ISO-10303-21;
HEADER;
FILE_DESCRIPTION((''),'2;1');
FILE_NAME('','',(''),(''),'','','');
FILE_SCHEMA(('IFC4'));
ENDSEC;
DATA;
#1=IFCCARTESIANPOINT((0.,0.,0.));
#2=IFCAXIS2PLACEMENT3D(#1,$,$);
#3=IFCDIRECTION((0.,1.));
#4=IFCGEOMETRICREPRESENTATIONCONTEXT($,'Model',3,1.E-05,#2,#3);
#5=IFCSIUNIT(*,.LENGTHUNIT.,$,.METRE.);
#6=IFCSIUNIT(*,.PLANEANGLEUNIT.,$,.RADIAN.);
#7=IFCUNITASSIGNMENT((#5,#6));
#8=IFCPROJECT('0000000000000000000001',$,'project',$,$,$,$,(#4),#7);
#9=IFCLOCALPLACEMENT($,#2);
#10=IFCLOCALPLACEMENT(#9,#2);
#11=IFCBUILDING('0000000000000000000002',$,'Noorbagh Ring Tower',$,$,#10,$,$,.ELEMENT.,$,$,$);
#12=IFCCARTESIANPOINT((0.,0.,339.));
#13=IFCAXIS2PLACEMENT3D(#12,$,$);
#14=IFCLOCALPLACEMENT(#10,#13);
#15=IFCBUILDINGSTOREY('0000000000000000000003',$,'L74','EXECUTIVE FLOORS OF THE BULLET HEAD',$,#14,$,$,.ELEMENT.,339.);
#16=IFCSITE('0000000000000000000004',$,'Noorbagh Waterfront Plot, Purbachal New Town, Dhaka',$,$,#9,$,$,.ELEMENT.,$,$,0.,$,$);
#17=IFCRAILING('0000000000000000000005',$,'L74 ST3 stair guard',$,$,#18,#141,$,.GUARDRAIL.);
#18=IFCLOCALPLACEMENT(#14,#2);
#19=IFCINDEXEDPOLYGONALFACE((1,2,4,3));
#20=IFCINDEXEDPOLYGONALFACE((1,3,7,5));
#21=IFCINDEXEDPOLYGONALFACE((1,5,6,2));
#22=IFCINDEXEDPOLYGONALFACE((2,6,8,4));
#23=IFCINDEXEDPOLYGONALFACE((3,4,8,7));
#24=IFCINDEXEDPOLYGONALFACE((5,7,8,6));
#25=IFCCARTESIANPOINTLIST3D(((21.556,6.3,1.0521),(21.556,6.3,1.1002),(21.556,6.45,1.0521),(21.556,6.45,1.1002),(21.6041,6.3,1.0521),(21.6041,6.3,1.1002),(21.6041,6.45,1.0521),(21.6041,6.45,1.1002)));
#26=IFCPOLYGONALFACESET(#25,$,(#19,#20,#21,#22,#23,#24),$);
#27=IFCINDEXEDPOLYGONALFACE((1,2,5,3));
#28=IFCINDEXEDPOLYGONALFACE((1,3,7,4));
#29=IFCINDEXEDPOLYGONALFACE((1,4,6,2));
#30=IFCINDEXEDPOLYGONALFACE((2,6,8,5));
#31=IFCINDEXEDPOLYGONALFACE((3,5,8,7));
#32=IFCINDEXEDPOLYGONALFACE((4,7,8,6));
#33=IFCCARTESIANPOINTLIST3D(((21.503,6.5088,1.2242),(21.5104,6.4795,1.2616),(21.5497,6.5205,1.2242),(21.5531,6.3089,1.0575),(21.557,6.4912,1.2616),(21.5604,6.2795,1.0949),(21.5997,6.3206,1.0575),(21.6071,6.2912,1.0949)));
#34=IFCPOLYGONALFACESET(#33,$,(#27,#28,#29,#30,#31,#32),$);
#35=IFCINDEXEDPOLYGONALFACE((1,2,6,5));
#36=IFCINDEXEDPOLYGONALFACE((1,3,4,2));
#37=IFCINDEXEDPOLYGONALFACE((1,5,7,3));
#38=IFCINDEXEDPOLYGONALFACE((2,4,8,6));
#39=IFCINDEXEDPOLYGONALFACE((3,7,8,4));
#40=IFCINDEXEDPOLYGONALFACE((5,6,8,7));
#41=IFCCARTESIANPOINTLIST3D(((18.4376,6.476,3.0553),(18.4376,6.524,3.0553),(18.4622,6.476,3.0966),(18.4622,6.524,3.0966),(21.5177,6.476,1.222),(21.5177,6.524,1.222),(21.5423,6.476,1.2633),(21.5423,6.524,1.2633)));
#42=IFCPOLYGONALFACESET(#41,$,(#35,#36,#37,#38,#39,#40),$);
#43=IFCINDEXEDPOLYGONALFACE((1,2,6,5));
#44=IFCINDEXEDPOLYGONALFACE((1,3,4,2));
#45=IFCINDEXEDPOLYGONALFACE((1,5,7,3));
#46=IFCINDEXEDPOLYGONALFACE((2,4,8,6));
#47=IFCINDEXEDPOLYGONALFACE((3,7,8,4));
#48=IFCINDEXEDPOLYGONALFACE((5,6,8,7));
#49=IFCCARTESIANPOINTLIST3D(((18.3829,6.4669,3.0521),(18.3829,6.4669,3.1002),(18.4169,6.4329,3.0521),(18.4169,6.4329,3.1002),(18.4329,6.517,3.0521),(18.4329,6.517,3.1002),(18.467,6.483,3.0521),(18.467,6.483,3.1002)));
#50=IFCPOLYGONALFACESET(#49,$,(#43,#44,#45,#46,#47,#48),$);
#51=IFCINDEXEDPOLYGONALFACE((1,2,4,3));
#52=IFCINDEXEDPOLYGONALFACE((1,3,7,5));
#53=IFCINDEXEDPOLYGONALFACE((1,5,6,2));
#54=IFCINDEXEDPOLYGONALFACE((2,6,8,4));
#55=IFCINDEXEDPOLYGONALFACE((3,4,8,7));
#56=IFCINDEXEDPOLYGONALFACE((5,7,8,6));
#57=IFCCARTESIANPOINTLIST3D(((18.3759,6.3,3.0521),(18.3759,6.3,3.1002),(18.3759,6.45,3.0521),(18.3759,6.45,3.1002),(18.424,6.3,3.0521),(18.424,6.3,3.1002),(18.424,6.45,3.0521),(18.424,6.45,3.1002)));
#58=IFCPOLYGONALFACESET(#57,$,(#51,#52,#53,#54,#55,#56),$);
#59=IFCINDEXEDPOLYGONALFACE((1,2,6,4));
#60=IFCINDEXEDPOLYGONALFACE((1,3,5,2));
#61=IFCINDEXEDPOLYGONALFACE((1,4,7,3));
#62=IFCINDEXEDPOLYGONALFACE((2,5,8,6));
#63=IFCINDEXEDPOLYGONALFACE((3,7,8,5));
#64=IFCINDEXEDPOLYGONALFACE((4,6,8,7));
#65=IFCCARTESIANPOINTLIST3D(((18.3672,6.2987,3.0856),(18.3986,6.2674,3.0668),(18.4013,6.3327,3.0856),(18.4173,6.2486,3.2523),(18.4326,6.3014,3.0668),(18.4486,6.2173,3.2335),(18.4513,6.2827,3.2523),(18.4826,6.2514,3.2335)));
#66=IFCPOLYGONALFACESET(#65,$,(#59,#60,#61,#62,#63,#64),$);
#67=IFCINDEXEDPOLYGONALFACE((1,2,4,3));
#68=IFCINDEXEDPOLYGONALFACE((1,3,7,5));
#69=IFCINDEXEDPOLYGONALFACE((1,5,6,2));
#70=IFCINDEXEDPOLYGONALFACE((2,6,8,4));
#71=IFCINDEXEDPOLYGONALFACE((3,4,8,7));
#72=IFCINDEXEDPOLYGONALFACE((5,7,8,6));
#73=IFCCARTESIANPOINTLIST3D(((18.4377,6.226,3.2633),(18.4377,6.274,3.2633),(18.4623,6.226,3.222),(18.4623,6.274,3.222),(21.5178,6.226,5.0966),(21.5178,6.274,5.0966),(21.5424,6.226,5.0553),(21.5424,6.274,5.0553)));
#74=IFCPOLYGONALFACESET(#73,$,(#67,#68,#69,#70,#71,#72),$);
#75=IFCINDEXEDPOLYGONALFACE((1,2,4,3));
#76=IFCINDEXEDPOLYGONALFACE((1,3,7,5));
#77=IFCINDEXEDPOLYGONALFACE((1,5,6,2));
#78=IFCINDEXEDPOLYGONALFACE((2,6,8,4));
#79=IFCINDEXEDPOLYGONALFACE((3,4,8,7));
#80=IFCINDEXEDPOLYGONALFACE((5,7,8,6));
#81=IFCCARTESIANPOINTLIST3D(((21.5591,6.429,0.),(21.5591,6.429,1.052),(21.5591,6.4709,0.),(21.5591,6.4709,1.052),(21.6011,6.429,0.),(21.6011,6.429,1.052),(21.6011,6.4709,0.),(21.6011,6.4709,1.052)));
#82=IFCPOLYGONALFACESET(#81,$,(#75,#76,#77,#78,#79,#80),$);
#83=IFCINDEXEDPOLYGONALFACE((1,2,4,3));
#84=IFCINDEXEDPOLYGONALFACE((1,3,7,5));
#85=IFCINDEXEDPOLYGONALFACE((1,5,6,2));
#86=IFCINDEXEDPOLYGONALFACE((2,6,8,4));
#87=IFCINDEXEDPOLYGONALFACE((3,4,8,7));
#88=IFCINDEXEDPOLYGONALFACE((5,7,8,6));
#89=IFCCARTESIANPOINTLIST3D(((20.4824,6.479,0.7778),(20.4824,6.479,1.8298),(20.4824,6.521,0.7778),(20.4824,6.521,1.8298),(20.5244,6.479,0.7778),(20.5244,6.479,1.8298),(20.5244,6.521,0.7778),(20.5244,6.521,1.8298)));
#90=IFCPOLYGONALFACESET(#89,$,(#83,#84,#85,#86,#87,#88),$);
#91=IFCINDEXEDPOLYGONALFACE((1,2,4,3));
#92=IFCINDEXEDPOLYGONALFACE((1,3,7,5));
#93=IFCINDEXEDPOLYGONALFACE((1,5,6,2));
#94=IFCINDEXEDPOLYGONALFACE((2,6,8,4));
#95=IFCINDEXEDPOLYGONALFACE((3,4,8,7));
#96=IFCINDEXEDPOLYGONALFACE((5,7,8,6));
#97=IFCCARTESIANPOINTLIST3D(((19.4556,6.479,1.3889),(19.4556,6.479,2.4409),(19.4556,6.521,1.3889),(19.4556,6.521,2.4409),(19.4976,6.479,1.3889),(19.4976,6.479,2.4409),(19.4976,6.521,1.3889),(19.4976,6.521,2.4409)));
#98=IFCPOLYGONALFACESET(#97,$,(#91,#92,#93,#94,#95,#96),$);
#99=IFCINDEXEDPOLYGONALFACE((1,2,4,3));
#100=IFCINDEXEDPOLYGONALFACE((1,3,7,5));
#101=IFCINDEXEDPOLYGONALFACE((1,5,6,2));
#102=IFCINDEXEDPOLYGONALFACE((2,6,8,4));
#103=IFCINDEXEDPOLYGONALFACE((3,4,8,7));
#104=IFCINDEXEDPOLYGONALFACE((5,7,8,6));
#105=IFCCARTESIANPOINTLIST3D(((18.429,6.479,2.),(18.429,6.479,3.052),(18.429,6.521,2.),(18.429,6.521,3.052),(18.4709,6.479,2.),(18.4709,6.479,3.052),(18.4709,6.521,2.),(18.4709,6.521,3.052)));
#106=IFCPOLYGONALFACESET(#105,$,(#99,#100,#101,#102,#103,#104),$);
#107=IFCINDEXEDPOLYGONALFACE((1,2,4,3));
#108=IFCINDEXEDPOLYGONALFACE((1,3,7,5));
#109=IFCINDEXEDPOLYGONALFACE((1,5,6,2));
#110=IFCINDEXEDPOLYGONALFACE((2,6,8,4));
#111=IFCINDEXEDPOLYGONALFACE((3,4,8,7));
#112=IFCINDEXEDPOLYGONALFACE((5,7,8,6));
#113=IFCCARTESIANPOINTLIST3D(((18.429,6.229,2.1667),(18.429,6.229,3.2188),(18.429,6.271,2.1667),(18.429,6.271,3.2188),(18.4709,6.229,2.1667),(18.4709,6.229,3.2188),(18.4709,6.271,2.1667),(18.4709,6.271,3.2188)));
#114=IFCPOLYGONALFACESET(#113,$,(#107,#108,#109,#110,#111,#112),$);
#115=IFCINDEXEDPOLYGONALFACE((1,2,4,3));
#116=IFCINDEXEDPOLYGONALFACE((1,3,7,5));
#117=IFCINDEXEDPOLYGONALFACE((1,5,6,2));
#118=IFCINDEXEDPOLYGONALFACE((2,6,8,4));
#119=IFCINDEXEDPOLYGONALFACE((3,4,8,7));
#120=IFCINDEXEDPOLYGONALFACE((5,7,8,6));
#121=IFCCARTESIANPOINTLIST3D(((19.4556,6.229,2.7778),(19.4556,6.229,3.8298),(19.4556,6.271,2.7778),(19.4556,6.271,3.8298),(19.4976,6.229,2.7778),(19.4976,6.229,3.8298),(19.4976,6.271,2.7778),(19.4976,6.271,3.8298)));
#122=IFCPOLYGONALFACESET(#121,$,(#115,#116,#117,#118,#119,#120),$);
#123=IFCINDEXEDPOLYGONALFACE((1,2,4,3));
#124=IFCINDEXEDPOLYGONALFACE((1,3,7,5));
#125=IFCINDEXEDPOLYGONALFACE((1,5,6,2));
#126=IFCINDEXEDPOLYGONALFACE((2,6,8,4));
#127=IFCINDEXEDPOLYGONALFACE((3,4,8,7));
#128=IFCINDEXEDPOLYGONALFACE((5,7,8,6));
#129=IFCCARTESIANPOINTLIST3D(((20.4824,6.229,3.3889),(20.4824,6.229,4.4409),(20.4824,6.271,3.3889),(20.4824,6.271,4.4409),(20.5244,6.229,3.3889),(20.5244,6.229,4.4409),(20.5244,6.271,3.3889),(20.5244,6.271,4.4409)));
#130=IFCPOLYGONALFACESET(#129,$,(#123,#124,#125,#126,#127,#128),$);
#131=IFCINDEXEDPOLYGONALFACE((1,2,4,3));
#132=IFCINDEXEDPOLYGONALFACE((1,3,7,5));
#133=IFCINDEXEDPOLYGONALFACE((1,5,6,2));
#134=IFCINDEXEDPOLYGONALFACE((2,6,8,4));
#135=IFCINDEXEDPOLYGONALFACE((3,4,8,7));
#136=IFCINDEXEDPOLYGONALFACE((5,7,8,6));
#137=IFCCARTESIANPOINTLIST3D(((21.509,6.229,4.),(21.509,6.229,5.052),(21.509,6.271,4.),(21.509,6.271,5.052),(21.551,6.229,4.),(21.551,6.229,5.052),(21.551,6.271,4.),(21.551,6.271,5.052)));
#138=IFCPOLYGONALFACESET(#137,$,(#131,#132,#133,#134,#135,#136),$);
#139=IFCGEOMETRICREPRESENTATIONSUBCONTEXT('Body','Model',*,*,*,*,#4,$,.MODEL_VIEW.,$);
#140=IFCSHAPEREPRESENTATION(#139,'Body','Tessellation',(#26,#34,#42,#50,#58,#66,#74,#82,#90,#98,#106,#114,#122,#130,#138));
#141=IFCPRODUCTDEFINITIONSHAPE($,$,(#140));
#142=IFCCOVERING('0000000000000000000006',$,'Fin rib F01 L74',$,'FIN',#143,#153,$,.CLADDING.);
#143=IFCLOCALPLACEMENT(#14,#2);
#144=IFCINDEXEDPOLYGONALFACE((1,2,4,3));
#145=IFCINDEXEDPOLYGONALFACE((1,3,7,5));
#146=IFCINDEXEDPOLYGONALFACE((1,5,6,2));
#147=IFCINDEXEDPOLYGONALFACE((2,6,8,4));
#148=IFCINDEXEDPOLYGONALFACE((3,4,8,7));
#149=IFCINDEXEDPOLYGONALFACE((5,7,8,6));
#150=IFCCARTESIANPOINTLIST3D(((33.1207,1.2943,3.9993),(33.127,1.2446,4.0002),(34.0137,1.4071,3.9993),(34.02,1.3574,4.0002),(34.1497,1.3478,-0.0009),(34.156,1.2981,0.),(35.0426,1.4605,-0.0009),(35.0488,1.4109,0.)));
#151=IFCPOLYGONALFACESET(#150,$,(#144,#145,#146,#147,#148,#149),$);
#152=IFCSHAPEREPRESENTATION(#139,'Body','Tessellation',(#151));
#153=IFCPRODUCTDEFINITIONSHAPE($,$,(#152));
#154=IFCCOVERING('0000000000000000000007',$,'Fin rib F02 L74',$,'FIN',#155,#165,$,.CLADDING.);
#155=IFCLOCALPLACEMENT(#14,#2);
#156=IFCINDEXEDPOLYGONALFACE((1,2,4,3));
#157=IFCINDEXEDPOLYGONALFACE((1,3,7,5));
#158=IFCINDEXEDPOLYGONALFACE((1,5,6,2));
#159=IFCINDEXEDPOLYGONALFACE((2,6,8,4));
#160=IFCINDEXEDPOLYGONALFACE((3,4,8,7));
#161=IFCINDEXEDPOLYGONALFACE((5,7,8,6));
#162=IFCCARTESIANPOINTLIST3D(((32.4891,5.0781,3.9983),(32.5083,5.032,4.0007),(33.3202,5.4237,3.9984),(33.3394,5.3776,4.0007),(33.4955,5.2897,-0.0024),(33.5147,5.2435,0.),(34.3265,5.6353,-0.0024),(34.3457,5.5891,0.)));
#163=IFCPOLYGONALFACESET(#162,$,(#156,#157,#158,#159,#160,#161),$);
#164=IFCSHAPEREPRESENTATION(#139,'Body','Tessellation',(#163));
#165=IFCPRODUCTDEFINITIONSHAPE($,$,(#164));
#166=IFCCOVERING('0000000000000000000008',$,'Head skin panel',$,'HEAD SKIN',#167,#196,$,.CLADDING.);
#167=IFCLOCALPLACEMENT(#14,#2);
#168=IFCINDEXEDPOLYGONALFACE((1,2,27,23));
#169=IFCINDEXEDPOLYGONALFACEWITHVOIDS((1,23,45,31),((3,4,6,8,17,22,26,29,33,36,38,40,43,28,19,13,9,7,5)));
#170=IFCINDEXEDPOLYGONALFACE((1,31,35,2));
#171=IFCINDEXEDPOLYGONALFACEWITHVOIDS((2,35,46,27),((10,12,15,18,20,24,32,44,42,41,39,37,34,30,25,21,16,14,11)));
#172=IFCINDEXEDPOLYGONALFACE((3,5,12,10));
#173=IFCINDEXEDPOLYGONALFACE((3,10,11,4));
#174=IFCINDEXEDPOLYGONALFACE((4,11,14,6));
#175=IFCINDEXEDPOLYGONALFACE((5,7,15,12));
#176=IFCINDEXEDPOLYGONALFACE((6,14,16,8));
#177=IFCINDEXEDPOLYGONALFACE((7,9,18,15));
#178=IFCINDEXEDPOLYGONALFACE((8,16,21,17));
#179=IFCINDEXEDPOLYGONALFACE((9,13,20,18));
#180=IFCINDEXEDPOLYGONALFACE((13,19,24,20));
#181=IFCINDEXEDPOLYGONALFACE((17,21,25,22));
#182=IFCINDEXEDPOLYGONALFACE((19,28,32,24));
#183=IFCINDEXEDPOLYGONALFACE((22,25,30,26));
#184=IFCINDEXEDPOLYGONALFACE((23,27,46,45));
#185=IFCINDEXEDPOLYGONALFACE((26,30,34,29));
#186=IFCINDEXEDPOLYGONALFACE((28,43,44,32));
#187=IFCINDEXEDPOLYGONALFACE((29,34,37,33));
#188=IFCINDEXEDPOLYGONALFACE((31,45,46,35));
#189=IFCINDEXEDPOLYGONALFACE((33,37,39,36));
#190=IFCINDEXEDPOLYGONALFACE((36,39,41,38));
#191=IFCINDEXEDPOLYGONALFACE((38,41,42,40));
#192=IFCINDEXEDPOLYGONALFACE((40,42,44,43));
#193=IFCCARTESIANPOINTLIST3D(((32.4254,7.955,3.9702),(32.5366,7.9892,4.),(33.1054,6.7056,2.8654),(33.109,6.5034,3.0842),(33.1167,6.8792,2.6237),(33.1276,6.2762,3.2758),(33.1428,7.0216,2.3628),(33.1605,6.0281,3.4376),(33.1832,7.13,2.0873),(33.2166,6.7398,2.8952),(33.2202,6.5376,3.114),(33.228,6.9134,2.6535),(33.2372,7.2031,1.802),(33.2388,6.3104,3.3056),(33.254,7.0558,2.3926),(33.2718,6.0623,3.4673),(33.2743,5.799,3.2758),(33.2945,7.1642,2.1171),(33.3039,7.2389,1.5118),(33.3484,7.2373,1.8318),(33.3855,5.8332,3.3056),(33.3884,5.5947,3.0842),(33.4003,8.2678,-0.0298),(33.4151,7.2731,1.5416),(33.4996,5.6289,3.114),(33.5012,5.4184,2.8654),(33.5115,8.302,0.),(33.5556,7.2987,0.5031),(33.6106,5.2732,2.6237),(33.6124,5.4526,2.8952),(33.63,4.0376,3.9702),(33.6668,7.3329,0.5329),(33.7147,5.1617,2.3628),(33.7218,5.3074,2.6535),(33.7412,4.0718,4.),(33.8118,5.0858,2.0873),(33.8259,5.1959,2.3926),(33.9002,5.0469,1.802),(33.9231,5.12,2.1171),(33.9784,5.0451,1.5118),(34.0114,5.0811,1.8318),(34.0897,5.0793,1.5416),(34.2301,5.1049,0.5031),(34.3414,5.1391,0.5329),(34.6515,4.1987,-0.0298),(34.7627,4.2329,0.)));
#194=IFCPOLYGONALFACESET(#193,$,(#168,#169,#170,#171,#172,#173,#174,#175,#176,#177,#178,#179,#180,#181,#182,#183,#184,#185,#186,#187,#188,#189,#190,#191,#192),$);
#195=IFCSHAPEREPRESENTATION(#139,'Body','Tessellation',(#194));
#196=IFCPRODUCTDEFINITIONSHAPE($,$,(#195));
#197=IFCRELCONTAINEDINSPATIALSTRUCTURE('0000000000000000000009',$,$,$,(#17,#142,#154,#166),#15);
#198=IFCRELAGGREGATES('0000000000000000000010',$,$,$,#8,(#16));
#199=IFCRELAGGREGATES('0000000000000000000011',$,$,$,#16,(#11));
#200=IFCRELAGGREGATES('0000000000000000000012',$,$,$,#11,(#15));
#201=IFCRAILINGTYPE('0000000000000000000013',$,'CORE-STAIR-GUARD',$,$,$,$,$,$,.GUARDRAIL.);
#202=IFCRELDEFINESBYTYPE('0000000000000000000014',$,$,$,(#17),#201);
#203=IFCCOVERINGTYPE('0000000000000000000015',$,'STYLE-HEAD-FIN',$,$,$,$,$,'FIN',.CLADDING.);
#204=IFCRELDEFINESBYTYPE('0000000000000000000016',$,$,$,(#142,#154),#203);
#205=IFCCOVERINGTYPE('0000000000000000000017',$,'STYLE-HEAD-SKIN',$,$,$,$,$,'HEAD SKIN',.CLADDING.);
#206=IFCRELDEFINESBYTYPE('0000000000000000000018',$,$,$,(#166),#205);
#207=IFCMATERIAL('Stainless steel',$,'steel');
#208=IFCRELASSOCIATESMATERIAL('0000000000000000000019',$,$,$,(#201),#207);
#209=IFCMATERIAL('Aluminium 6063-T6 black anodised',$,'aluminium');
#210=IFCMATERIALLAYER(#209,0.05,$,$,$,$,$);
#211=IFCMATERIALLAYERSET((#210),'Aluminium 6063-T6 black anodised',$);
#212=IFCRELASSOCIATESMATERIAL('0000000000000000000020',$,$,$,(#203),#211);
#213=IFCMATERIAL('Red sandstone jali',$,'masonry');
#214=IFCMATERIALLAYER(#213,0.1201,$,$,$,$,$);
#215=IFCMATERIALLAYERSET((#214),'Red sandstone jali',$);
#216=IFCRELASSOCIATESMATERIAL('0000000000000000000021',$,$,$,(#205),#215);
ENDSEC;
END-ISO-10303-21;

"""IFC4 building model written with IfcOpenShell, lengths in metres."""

from ifc_helpers import new_model, si_unit, direction, frame, origin, origin_2d, place, context, subcontext, project, spatial, polyline, rectangle, outline, extrude, material, layer, layer_set, type_object, element, save


model = new_model("IFC4")

# Units and contexts
model_context = context("Model", 3, precision=1e-05, world=origin(), true_north=direction((0.0, 1.0)))
body_context = subcontext(model_context, "Body", "Model", "MODEL_VIEW")
ifc_project = project(units=[si_unit("LENGTHUNIT", "METRE"), si_unit("PLANEANGLEUNIT", "RADIAN")], contexts=[model_context])

# Site, building, storey
site_placement = place(None, origin())
site = spatial("IfcSite", under=ifc_project, at=site_placement, Name="Noorbagh Waterfront Plot, Purbachal New Town, Dhaka", CompositionType="ELEMENT", RefElevation=0.0)
building_placement = place(site_placement, origin())
building = spatial("IfcBuilding", under=site, at=building_placement, Name="Noorbagh Ring Tower", CompositionType="ELEMENT")
storey_placement = place(building_placement, frame((0.0, 0.0, 339.0)))
storey = spatial("IfcBuildingStorey", under=building, at=storey_placement, Name="L74", Description="EXECUTIVE FLOORS OF THE BULLET HEAD", CompositionType="ELEMENT", Elevation=339.0)

# Railing
ifc_material_1 = material(Name="Stainless steel", Category="steel")
railing_type = type_object("IfcRailingType", Name="CORE-STAIR-GUARD", PredefinedType="GUARDRAIL", material=ifc_material_1)
railing_placement = place(storey_placement, frame((21.5801, 6.45, 0.0)))
element("IfcRailing", 1, at=railing_placement, inside=storey, type_object=railing_type, Name="L74 ST3 stair guard", PredefinedType="GUARDRAIL", context=body_context, shape_type="SweptSolid", body=[
    extrude(rectangle(XDim=0.0481, YDim=0.0481, at=origin_2d()), frame((0.0, 0.0, 1.0762), z_axis=(0.0, -1.0, 0.0), x_axis=(1.0, 0.0, 0.0)), (0.0, 0.0, 1.0), 0.1499),
    extrude(rectangle(XDim=0.0481, YDim=0.0481, at=origin_2d()), frame((0.0, -0.1499, 1.0762), z_axis=(-0.188776, 0.754182, 0.628946), x_axis=(-0.970073, -0.242814, 0.0)), (0.0, 0.0, 1.0), 0.2651),
    extrude(rectangle(XDim=0.0481, YDim=0.0481, at=origin_2d()), frame((-0.05, 0.05, 1.2427), z_axis=(-0.859309, 0.0, 0.511458), x_axis=(0.0, -1.0, 0.0)), (0.0, 0.0, 1.0), 3.5845),
    extrude(rectangle(XDim=0.0481, YDim=0.0481, at=origin_2d()), frame((-3.1301, 0.05, 3.0762), z_axis=(-0.707107, -0.707107, 0.0), x_axis=(0.707107, -0.707107, 0.0)), (0.0, 0.0, 1.0), 0.0708),
    extrude(rectangle(XDim=0.0481, YDim=0.0481, at=origin_2d()), frame((-3.1802, 0.0, 3.0762), z_axis=(0.0, -1.0, 0.0), x_axis=(1.0, 0.0, 0.0)), (0.0, 0.0, 1.0), 0.1499),
    extrude(rectangle(XDim=0.0481, YDim=0.0481, at=origin_2d()), frame((-3.1802, -0.1499, 3.0762), z_axis=(0.276287, -0.276287, 0.920506), x_axis=(0.707107, 0.707107, 0.0)), (0.0, 0.0, 1.0), 0.1812),
    extrude(rectangle(XDim=0.0481, YDim=0.0481, at=origin_2d()), frame((-3.1301, -0.2, 3.2427), z_axis=(0.859309, 0.0, 0.511458), x_axis=(0.0, 1.0, 0.0)), (0.0, 0.0, 1.0), 3.5845),
    extrude(rectangle(XDim=0.042, YDim=0.042, at=origin_2d()), origin(), (0.0, 0.0, 1.0), 1.052),
    extrude(rectangle(XDim=0.042, YDim=0.042, at=origin_2d()), frame((-1.0767, 0.05, 0.7778)), (0.0, 0.0, 1.0), 1.052),
    extrude(rectangle(XDim=0.042, YDim=0.042, at=origin_2d()), frame((-2.1035, 0.05, 1.3889)), (0.0, 0.0, 1.0), 1.052),
    extrude(rectangle(XDim=0.042, YDim=0.042, at=origin_2d()), frame((-3.1301, 0.05, 2.0)), (0.0, 0.0, 1.0), 1.052),
    extrude(rectangle(XDim=0.042, YDim=0.042, at=origin_2d()), frame((-3.1301, -0.2, 2.1667)), (0.0, 0.0, 1.0), 1.052),
    extrude(rectangle(XDim=0.042, YDim=0.042, at=origin_2d()), frame((-2.1035, -0.2, 2.7778)), (0.0, 0.0, 1.0), 1.052),
    extrude(rectangle(XDim=0.042, YDim=0.042, at=origin_2d()), frame((-1.0767, -0.2, 3.3889)), (0.0, 0.0, 1.0), 1.052),
    extrude(rectangle(XDim=0.042, YDim=0.042, at=origin_2d()), frame((-0.05, -0.2, 4.0)), (0.0, 0.0, 1.0), 1.052),
])

# Coverings
ifc_material_2 = material(Name="Aluminium 6063-T6 black anodised", Category="aluminium")
ifc_layer_1 = layer(ifc_material_2, 0.05)
ifc_layer_set_1 = layer_set([ifc_layer_1], Name="Aluminium 6063-T6 black anodised")
covering_type_1 = type_object("IfcCoveringType", Name="STYLE-HEAD-FIN", ElementType="FIN", PredefinedType="CLADDING", material=ifc_layer_set_1)
covering_1_placement = place(storey_placement, frame((35.0488, 1.4109, 0.0), z_axis=(0.125297, -0.991938, 0.01897), x_axis=(-0.24906, -0.01294, 0.968402)))
element("IfcCovering", 2, at=covering_1_placement, inside=storey, type_object=covering_type_1, Name="Fin rib F01 L74", ObjectType="FIN", PredefinedType="CLADDING", context=body_context, shape_type="SweptSolid", body=[
    extrude(outline(polyline([(0.0, 0.0), (4.1308, 0.0), (4.3547, 0.8719), (0.2238, 0.8716), (0.0, 0.0)])), origin(), (0.0, 0.0, -1.0), 0.05),
])
covering_2_placement = place(storey_placement, frame((34.3457, 5.5891, 0.0), z_axis=(0.383523, -0.922298, 0.047703), x_axis=(-0.243612, -0.051208, 0.96852)))
element("IfcCovering", 3, at=covering_2_placement, inside=storey, type_object=covering_type_1, Name="Fin rib F02 L74", ObjectType="FIN", PredefinedType="CLADDING", context=body_context, shape_type="SweptSolid", body=[
    extrude(outline(polyline([(0.0, 0.0), (4.1308, 0.0), (4.3509, 0.8728), (0.2201, 0.8727), (0.0, 0.0)])), origin(), (0.0, 0.0, -1.0), 0.05),
])
ifc_material_3 = material(Name="Red sandstone jali", Category="masonry")
ifc_layer_2 = layer(ifc_material_3, 0.1201)
ifc_layer_set_2 = layer_set([ifc_layer_2], Name="Red sandstone jali")
covering_type_2 = type_object("IfcCoveringType", Name="STYLE-HEAD-SKIN", ElementType="HEAD SKIN", PredefinedType="CLADDING", material=ifc_layer_set_2)
covering_3_placement = place(storey_placement, frame((34.7627, 4.2329, 0.0), z_axis=(0.925987, 0.284734, 0.247939), x_axis=(-0.293911, 0.955833, 0.0)))
element("IfcCovering", 4, at=covering_3_placement, inside=storey, type_object=covering_type_2, Name="Head skin panel", ObjectType="HEAD SKIN", PredefinedType="CLADDING", context=body_context, shape_type="SweptSolid", body=[
    extrude(outline(polyline([(0.0, 0.0), (4.2571, 0.0), (4.2446, 4.1289), (0.1462, 4.1289), (0.0, 0.0)]), holes=[polyline([(0.99, 0.55), (1.0068, 1.5913), (1.0315, 1.8909), (1.0947, 2.1853), (1.1958, 2.4697), (1.333, 2.739), (1.5039, 2.9885), (1.7056, 3.2144), (1.9343, 3.4121), (2.1868, 3.5791), (2.4336, 3.4121), (2.6562, 3.2144), (2.8506, 2.9885), (3.0132, 2.739), (3.1416, 2.4697), (3.2334, 2.1853), (3.2874, 1.8909), (3.302, 1.5913), (3.2852, 0.55), (0.99, 0.55)])]), origin(), (0.0, 0.0, -1.0), 0.1201),
])

save(model, "model.ifc")
